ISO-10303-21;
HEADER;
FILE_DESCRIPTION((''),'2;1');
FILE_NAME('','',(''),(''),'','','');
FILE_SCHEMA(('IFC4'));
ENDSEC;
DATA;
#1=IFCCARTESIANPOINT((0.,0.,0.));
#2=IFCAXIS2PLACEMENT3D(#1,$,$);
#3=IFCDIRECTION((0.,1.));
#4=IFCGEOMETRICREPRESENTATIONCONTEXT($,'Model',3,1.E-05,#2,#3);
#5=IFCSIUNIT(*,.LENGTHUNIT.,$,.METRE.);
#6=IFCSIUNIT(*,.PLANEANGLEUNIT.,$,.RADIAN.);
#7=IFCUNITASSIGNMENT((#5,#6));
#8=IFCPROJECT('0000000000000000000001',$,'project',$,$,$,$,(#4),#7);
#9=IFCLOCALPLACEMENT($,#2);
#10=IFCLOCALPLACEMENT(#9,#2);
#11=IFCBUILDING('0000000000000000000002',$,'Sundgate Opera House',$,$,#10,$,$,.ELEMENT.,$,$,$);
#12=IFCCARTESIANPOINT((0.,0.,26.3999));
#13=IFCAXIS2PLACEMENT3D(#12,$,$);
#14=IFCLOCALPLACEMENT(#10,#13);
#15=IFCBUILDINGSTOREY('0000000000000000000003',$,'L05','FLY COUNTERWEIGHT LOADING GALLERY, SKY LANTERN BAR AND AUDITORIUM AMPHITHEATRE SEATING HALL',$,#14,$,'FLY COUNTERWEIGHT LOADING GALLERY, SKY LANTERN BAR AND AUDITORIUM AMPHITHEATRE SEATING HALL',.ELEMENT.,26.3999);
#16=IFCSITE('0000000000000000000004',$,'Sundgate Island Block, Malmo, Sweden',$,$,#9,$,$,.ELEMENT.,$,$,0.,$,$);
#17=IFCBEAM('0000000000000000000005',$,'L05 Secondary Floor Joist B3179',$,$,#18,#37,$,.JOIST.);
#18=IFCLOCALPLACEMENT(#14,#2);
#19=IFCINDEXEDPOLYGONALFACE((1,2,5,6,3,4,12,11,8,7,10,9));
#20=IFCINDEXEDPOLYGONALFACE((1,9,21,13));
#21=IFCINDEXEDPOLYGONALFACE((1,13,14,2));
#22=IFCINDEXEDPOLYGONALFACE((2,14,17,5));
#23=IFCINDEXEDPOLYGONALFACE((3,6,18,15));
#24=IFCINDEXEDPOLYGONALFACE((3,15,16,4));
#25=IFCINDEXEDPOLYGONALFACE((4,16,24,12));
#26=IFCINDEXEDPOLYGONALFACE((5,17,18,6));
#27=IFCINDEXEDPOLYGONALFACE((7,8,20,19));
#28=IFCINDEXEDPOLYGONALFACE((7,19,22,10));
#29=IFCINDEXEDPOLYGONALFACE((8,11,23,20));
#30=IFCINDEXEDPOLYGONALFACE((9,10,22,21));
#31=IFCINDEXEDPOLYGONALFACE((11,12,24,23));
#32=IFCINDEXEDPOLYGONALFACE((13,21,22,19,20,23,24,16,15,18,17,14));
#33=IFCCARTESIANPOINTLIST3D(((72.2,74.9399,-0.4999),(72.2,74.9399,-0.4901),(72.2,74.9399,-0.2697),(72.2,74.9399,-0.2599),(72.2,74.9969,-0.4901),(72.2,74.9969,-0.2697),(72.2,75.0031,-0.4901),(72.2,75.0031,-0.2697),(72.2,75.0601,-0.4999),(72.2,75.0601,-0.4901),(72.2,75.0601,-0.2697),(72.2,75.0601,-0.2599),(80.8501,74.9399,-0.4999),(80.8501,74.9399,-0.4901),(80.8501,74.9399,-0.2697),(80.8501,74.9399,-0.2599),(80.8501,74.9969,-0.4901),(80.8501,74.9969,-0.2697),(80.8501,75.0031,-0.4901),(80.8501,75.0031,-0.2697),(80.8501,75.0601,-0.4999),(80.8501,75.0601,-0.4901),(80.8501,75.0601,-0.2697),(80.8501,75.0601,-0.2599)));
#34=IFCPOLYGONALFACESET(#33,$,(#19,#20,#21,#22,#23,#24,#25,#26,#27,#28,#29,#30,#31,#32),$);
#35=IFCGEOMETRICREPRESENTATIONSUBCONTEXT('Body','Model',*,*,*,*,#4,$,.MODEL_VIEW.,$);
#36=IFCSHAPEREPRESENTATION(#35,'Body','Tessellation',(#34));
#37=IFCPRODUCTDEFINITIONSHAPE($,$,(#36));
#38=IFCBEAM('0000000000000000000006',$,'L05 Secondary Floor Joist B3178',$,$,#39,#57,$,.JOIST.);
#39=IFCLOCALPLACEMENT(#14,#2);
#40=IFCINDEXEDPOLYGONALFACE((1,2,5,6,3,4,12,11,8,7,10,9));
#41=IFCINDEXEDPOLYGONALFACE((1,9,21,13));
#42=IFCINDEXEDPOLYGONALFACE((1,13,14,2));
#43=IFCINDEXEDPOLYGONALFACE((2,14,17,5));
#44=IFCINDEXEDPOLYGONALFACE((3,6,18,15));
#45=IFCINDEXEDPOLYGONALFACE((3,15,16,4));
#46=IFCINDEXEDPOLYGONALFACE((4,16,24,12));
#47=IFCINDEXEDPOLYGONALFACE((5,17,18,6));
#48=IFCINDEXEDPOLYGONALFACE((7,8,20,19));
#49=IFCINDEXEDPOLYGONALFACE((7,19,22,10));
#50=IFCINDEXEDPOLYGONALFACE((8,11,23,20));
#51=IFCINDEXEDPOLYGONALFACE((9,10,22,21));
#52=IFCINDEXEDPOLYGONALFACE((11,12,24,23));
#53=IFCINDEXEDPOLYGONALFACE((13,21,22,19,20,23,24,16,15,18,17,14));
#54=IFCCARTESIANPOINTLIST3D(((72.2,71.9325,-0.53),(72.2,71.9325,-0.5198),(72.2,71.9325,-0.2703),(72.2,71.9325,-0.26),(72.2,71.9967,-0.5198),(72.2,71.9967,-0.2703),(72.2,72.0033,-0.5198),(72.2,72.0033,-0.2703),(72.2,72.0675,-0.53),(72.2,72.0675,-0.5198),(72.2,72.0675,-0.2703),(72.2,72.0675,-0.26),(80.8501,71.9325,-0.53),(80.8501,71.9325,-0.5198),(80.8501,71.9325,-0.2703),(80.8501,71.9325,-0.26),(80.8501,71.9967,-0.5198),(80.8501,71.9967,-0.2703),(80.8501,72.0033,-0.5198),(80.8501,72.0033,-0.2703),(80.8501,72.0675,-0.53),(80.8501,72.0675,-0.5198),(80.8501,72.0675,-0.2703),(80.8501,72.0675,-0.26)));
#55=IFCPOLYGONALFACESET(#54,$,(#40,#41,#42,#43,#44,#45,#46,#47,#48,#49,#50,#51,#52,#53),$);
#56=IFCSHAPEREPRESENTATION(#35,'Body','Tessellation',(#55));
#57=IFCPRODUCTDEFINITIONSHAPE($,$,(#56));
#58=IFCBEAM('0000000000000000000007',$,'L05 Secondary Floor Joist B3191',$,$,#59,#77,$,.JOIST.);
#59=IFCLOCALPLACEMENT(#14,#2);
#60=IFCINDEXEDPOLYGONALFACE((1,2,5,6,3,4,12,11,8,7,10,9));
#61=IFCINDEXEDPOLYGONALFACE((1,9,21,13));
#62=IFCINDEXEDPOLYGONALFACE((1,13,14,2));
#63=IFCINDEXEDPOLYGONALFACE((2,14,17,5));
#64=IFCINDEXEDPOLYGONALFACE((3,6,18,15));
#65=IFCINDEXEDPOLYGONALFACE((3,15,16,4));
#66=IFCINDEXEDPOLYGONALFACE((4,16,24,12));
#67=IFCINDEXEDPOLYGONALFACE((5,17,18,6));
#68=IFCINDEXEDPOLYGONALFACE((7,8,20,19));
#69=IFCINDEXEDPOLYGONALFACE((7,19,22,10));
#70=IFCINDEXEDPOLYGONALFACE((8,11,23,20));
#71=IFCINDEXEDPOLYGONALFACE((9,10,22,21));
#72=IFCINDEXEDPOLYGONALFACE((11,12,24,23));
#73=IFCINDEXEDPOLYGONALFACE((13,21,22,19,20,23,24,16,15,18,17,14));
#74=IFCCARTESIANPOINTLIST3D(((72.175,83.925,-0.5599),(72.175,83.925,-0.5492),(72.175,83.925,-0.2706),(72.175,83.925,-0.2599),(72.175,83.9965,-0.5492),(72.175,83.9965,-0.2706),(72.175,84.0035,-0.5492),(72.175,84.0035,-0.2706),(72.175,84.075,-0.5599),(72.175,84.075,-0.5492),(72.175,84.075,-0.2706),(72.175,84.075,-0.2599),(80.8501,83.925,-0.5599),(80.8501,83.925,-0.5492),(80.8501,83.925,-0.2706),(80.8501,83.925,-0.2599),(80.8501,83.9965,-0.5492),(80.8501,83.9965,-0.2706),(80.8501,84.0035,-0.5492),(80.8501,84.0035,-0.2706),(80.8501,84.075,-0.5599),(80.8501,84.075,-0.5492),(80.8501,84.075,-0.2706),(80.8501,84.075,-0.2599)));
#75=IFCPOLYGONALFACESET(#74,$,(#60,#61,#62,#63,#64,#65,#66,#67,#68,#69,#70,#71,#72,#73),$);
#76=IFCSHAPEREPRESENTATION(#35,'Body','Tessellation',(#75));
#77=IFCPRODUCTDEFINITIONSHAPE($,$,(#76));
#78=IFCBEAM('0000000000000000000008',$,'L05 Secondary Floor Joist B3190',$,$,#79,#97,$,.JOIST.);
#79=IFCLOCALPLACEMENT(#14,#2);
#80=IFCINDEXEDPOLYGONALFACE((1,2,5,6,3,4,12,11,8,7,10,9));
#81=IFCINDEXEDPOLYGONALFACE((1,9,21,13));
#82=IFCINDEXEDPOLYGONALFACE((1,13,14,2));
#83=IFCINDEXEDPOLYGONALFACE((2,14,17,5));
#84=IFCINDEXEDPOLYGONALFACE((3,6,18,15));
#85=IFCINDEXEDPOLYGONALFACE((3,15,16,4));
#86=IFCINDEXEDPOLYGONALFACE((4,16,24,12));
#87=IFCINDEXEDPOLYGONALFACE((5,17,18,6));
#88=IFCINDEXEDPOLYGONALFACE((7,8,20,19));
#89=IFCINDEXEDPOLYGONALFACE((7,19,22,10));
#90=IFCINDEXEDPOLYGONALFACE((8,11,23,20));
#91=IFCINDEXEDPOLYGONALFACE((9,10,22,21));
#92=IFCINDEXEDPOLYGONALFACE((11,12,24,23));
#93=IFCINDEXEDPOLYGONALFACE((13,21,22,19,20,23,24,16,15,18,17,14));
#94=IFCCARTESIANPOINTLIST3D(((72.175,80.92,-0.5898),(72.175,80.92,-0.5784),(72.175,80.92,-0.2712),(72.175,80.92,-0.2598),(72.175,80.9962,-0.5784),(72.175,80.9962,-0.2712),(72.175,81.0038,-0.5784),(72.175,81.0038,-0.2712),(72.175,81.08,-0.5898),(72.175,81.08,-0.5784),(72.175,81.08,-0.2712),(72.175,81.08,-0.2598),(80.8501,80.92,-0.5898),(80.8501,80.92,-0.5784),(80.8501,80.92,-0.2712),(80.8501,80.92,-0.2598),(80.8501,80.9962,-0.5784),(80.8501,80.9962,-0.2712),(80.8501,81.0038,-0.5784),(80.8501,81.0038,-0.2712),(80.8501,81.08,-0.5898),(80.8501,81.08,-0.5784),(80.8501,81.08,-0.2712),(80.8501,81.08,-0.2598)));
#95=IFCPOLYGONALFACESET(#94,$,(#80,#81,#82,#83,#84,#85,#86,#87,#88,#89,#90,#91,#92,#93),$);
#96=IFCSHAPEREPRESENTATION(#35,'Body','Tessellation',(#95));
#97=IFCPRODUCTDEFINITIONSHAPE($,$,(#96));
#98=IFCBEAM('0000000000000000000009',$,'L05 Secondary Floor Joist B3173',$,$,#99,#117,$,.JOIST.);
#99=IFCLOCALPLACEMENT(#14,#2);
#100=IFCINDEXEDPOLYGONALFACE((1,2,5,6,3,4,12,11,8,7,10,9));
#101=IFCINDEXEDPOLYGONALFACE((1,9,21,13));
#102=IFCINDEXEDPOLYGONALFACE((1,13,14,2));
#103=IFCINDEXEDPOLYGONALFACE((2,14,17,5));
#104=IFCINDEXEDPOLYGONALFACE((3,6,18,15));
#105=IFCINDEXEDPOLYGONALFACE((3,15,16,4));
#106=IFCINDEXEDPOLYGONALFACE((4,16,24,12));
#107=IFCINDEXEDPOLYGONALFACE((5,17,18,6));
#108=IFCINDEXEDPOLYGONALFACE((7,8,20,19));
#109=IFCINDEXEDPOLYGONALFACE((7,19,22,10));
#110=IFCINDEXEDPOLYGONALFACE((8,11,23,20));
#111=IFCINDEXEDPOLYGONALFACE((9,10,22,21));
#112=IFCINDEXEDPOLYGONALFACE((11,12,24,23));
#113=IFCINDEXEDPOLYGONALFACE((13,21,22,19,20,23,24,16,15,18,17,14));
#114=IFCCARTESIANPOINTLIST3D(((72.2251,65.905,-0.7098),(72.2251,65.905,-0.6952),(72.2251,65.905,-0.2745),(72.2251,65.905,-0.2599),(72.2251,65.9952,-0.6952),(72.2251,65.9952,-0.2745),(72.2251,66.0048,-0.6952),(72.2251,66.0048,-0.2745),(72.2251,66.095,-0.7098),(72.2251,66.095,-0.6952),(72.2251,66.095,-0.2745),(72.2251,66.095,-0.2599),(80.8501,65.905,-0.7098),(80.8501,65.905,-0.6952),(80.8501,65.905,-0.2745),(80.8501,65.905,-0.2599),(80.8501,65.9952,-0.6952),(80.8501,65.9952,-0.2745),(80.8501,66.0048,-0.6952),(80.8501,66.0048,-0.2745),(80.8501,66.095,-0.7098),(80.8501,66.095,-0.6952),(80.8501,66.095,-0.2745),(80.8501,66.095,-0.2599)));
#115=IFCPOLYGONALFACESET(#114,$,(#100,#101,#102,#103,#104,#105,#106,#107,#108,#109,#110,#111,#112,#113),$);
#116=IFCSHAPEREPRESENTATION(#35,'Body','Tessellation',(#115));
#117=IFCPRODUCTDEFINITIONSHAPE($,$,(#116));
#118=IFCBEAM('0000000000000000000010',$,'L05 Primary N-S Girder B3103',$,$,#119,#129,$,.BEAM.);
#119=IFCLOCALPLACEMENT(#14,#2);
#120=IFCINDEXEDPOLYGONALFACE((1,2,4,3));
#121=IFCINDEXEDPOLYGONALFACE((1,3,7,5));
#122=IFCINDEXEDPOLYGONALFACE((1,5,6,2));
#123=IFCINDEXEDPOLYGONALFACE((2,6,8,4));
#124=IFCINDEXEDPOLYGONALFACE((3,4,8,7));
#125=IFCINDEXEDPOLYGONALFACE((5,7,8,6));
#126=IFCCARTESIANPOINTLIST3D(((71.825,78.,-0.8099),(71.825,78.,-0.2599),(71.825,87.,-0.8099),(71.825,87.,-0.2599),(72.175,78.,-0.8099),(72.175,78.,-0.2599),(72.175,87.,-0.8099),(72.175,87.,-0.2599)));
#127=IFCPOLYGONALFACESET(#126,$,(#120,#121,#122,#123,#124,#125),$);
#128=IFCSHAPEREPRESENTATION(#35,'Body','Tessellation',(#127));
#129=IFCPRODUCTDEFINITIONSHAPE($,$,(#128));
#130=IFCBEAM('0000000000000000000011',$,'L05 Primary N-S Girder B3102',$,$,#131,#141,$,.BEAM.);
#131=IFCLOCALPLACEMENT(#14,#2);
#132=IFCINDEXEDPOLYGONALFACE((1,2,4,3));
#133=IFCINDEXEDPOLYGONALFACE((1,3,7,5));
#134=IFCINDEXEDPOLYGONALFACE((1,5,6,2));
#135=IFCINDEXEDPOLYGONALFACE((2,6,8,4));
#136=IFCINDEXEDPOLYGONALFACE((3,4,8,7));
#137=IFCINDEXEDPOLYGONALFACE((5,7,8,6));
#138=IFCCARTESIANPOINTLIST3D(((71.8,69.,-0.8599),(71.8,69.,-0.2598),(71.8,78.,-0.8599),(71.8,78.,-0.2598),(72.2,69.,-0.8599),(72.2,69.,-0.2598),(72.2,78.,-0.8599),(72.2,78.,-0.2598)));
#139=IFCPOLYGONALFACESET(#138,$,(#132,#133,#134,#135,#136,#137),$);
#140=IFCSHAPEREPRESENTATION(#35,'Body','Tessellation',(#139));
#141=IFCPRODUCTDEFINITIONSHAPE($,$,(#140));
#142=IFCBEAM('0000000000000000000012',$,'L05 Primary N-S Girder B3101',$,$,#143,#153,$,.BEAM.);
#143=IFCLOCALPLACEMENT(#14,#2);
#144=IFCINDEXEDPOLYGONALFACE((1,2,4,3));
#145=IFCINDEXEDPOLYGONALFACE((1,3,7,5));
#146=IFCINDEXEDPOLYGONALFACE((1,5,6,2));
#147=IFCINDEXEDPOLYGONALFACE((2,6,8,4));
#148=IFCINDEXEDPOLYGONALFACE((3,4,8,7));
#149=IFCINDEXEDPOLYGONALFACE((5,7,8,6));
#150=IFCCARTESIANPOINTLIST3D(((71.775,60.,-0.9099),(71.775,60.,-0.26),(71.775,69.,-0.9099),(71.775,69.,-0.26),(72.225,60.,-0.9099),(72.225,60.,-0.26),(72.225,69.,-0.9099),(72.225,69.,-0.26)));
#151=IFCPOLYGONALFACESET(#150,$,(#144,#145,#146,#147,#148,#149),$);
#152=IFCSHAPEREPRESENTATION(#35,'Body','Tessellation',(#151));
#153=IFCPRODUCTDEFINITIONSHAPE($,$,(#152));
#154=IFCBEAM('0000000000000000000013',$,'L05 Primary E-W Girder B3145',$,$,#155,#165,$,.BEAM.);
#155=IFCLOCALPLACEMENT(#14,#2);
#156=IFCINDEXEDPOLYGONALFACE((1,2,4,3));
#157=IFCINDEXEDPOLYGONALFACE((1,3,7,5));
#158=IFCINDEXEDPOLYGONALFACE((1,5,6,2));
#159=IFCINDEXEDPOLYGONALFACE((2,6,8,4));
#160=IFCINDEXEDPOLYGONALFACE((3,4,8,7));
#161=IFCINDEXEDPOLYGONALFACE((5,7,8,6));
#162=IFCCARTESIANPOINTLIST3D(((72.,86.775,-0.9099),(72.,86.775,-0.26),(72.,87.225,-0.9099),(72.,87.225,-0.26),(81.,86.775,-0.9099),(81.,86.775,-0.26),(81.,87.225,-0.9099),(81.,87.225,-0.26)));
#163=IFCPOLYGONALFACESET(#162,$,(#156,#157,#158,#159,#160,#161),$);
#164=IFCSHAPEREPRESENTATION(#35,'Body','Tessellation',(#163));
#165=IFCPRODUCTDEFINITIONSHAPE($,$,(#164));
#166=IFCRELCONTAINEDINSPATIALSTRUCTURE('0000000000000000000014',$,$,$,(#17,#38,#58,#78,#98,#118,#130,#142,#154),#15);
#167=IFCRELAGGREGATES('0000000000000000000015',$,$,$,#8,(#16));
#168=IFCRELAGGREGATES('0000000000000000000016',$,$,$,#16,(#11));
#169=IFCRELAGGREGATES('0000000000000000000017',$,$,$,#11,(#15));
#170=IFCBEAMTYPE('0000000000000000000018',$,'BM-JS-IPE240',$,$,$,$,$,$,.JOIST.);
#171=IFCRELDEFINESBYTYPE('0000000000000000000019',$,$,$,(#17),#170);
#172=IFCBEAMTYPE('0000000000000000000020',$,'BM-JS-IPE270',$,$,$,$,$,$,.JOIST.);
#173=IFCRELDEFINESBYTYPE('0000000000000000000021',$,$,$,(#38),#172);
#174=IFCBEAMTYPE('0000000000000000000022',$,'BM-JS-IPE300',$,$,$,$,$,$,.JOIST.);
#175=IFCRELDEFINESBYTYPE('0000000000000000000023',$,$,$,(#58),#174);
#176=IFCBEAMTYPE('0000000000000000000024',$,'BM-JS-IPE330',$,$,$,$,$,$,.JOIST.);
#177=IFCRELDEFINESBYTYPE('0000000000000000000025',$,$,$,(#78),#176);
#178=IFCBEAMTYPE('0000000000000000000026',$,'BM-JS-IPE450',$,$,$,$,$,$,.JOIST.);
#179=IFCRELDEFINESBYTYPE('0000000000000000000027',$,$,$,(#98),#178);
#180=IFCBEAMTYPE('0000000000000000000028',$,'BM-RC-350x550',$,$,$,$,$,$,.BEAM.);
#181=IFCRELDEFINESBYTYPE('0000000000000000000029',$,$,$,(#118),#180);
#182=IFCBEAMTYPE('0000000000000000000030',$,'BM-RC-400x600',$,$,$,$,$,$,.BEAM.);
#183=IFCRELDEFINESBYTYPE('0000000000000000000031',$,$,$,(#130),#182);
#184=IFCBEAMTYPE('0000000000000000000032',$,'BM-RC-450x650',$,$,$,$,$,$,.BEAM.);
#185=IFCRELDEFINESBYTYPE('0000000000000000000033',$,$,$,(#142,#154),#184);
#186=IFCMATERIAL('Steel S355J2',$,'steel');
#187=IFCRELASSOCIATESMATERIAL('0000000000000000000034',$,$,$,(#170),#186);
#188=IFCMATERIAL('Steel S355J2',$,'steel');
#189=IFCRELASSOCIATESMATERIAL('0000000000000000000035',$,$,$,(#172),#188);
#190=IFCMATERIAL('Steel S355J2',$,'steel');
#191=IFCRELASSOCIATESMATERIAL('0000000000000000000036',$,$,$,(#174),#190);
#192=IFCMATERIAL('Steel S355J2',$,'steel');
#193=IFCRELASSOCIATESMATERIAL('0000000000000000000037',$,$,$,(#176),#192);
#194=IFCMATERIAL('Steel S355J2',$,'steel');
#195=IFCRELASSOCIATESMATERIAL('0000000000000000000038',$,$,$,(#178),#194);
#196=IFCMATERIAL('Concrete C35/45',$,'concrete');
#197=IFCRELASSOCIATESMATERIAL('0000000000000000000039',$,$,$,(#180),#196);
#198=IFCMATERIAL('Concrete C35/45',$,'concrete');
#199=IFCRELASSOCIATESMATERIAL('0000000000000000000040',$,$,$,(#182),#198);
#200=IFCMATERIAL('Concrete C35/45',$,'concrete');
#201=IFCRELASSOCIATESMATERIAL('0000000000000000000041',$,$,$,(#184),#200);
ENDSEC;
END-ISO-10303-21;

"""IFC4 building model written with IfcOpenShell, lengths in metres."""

from ifc_helpers import new_model, si_unit, direction, frame, origin, origin_2d, place, context, subcontext, project, spatial, rectangle, i_section, extrude, material, material_profile, profile_set, type_object, element, save


model = new_model("IFC4")

# Units and contexts
model_context = context("Model", 3, precision=1e-05, world=origin(), true_north=direction((0.0, 1.0)))
body_context = subcontext(model_context, "Body", "Model", "MODEL_VIEW")
ifc_project = project(units=[si_unit("LENGTHUNIT", "METRE"), si_unit("PLANEANGLEUNIT", "RADIAN")], contexts=[model_context])

# Site, building, storey
site_placement = place(None, origin())
site = spatial("IfcSite", under=ifc_project, at=site_placement, Name="Sundgate Island Block, Malmo, Sweden", CompositionType="ELEMENT", RefElevation=0.0)
building_placement = place(site_placement, origin())
building = spatial("IfcBuilding", under=site, at=building_placement, Name="Sundgate Opera House", CompositionType="ELEMENT")
storey_placement = place(building_placement, frame((0.0, 0.0, 26.3999)))
storey = spatial("IfcBuildingStorey", under=building, at=storey_placement, Name="L05", Description="FLY COUNTERWEIGHT LOADING GALLERY, SKY LANTERN BAR AND AUDITORIUM AMPHITHEATRE SEATING HALL", LongName="FLY COUNTERWEIGHT LOADING GALLERY, SKY LANTERN BAR AND AUDITORIUM AMPHITHEATRE SEATING HALL", CompositionType="ELEMENT", Elevation=26.3999)

# Beams
ifc_material_1 = material(Name="Steel S355J2", Category="steel")
ifc_material_profile_1 = material_profile(ifc_material_1, i_section(OverallWidth=0.1201, OverallDepth=0.24, WebThickness=0.0061, FlangeThickness=0.0098, at=origin_2d()), Name="IPE 240")
ifc_profile_set_1 = profile_set([ifc_material_profile_1], Name="Steel S355J2")
beam_type_1 = type_object("IfcBeamType", Name="BM-JS-IPE240", PredefinedType="JOIST", material=ifc_profile_set_1)
beam_1_placement = place(storey_placement, frame((72.2, 75.0, -0.3799), z_axis=(1.0, 0.0, 0.0), x_axis=(0.0, 1.0, 0.0)))
element("IfcBeam", 1, at=beam_1_placement, inside=storey, type_object=beam_type_1, Name="L05 Secondary Floor Joist B3179", PredefinedType="JOIST", context=body_context, shape_type="SweptSolid", body=[
    extrude(i_section(OverallWidth=0.1201, OverallDepth=0.24, WebThickness=0.0061, FlangeThickness=0.0098, at=origin_2d()), origin(), (0.0, 0.0, 1.0), 8.6501),
])
ifc_material_2 = material(Name="Steel S355J2", Category="steel")
ifc_material_profile_2 = material_profile(ifc_material_2, i_section(OverallWidth=0.135, OverallDepth=0.27, WebThickness=0.0066, FlangeThickness=0.0103, at=origin_2d()), Name="IPE 270")
ifc_profile_set_2 = profile_set([ifc_material_profile_2], Name="Steel S355J2")
beam_type_2 = type_object("IfcBeamType", Name="BM-JS-IPE270", PredefinedType="JOIST", material=ifc_profile_set_2)
beam_2_placement = place(storey_placement, frame((72.2, 72.0, -0.395), z_axis=(1.0, 0.0, 0.0), x_axis=(0.0, 1.0, 0.0)))
element("IfcBeam", 2, at=beam_2_placement, inside=storey, type_object=beam_type_2, Name="L05 Secondary Floor Joist B3178", PredefinedType="JOIST", context=body_context, shape_type="SweptSolid", body=[
    extrude(i_section(OverallWidth=0.135, OverallDepth=0.27, WebThickness=0.0066, FlangeThickness=0.0103, at=origin_2d()), origin(), (0.0, 0.0, 1.0), 8.6501),
])
ifc_material_3 = material(Name="Steel S355J2", Category="steel")
ifc_material_profile_3 = material_profile(ifc_material_3, i_section(OverallWidth=0.1499, OverallDepth=0.3, WebThickness=0.0071, FlangeThickness=0.0107, at=origin_2d()), Name="IPE 300")
ifc_profile_set_3 = profile_set([ifc_material_profile_3], Name="Steel S355J2")
beam_type_3 = type_object("IfcBeamType", Name="BM-JS-IPE300", PredefinedType="JOIST", material=ifc_profile_set_3)
beam_3_placement = place(storey_placement, frame((72.175, 84.0, -0.4099), z_axis=(1.0, 0.0, 0.0), x_axis=(0.0, 1.0, 0.0)))
element("IfcBeam", 3, at=beam_3_placement, inside=storey, type_object=beam_type_3, Name="L05 Secondary Floor Joist B3191", PredefinedType="JOIST", context=body_context, shape_type="SweptSolid", body=[
    extrude(i_section(OverallWidth=0.1499, OverallDepth=0.3, WebThickness=0.0071, FlangeThickness=0.0107, at=origin_2d()), origin(), (0.0, 0.0, 1.0), 8.675),
])
ifc_material_4 = material(Name="Steel S355J2", Category="steel")
ifc_material_profile_4 = material_profile(ifc_material_4, i_section(OverallWidth=0.1599, OverallDepth=0.3301, WebThickness=0.0076, FlangeThickness=0.0115, at=origin_2d()), Name="IPE 330")
ifc_profile_set_4 = profile_set([ifc_material_profile_4], Name="Steel S355J2")
beam_type_4 = type_object("IfcBeamType", Name="BM-JS-IPE330", PredefinedType="JOIST", material=ifc_profile_set_4)
beam_4_placement = place(storey_placement, frame((72.175, 81.0, -0.4248), z_axis=(1.0, 0.0, 0.0), x_axis=(0.0, 1.0, 0.0)))
element("IfcBeam", 4, at=beam_4_placement, inside=storey, type_object=beam_type_4, Name="L05 Secondary Floor Joist B3190", PredefinedType="JOIST", context=body_context, shape_type="SweptSolid", body=[
    extrude(i_section(OverallWidth=0.1599, OverallDepth=0.3301, WebThickness=0.0076, FlangeThickness=0.0115, at=origin_2d()), origin(), (0.0, 0.0, 1.0), 8.675),
])
ifc_material_5 = material(Name="Steel S355J2", Category="steel")
ifc_material_profile_5 = material_profile(ifc_material_5, i_section(OverallWidth=0.1899, OverallDepth=0.45, WebThickness=0.0095, FlangeThickness=0.0146, at=origin_2d()), Name="IPE 450")
ifc_profile_set_5 = profile_set([ifc_material_profile_5], Name="Steel S355J2")
beam_type_5 = type_object("IfcBeamType", Name="BM-JS-IPE450", PredefinedType="JOIST", material=ifc_profile_set_5)
beam_5_placement = place(storey_placement, frame((72.2251, 66.0, -0.4849), z_axis=(1.0, 0.0, 0.0), x_axis=(0.0, 1.0, 0.0)))
element("IfcBeam", 5, at=beam_5_placement, inside=storey, type_object=beam_type_5, Name="L05 Secondary Floor Joist B3173", PredefinedType="JOIST", context=body_context, shape_type="SweptSolid", body=[
    extrude(i_section(OverallWidth=0.1899, OverallDepth=0.45, WebThickness=0.0095, FlangeThickness=0.0146, at=origin_2d()), origin(), (0.0, 0.0, 1.0), 8.625),
])
ifc_material_6 = material(Name="Concrete C35/45", Category="concrete")
ifc_material_profile_6 = material_profile(ifc_material_6, rectangle(XDim=0.3501, YDim=0.55, at=origin_2d()), Name="RC 350x550")
ifc_profile_set_6 = profile_set([ifc_material_profile_6], Name="Concrete C35/45")
beam_type_6 = type_object("IfcBeamType", Name="BM-RC-350x550", PredefinedType="BEAM", material=ifc_profile_set_6)
beam_6_placement = place(storey_placement, frame((72.0, 78.0, -0.5349), z_axis=(0.0, 1.0, 0.0), x_axis=(-1.0, 0.0, 0.0)))
element("IfcBeam", 6, at=beam_6_placement, inside=storey, type_object=beam_type_6, Name="L05 Primary N-S Girder B3103", PredefinedType="BEAM", context=body_context, shape_type="SweptSolid", body=[
    extrude(rectangle(XDim=0.3501, YDim=0.55, at=origin_2d()), origin(), (0.0, 0.0, 1.0), 9.0),
])
ifc_material_7 = material(Name="Concrete C35/45", Category="concrete")
ifc_material_profile_7 = material_profile(ifc_material_7, rectangle(XDim=0.3999, YDim=0.6001, at=origin_2d()), Name="RC 400x600")
ifc_profile_set_7 = profile_set([ifc_material_profile_7], Name="Concrete C35/45")
beam_type_7 = type_object("IfcBeamType", Name="BM-RC-400x600", PredefinedType="BEAM", material=ifc_profile_set_7)
beam_7_placement = place(storey_placement, frame((72.0, 69.0, -0.5598), z_axis=(0.0, 1.0, 0.0), x_axis=(-1.0, 0.0, 0.0)))
element("IfcBeam", 7, at=beam_7_placement, inside=storey, type_object=beam_type_7, Name="L05 Primary N-S Girder B3102", PredefinedType="BEAM", context=body_context, shape_type="SweptSolid", body=[
    extrude(rectangle(XDim=0.3999, YDim=0.6001, at=origin_2d()), origin(), (0.0, 0.0, 1.0), 9.0),
])
ifc_material_8 = material(Name="Concrete C35/45", Category="concrete")
ifc_material_profile_8 = material_profile(ifc_material_8, rectangle(XDim=0.45, YDim=0.6499, at=origin_2d()), Name="RC 450x650")
ifc_profile_set_8 = profile_set([ifc_material_profile_8], Name="Concrete C35/45")
beam_type_8 = type_object("IfcBeamType", Name="BM-RC-450x650", PredefinedType="BEAM", material=ifc_profile_set_8)
for number, where, z_axis, x_axis, name in (
    (8, (72.0, 60.0, -0.585), (0.0, 1.0, 0.0), (-1.0, 0.0, 0.0), "L05 Primary N-S Girder B3101"),
    (9, (72.0, 87.0, -0.585), (1.0, 0.0, 0.0), (0.0, 1.0, 0.0), "L05 Primary E-W Girder B3145"),
):
    element("IfcBeam", number, at=place(storey_placement, frame(where, z_axis=z_axis, x_axis=x_axis)), inside=storey, type_object=beam_type_8, Name=name, PredefinedType="BEAM", context=body_context, shape_type="SweptSolid", body=[
        extrude(rectangle(XDim=0.45, YDim=0.6499, at=origin_2d()), origin(), (0.0, 0.0, 1.0), 9.0),
    ])

save(model, "model.ifc")
